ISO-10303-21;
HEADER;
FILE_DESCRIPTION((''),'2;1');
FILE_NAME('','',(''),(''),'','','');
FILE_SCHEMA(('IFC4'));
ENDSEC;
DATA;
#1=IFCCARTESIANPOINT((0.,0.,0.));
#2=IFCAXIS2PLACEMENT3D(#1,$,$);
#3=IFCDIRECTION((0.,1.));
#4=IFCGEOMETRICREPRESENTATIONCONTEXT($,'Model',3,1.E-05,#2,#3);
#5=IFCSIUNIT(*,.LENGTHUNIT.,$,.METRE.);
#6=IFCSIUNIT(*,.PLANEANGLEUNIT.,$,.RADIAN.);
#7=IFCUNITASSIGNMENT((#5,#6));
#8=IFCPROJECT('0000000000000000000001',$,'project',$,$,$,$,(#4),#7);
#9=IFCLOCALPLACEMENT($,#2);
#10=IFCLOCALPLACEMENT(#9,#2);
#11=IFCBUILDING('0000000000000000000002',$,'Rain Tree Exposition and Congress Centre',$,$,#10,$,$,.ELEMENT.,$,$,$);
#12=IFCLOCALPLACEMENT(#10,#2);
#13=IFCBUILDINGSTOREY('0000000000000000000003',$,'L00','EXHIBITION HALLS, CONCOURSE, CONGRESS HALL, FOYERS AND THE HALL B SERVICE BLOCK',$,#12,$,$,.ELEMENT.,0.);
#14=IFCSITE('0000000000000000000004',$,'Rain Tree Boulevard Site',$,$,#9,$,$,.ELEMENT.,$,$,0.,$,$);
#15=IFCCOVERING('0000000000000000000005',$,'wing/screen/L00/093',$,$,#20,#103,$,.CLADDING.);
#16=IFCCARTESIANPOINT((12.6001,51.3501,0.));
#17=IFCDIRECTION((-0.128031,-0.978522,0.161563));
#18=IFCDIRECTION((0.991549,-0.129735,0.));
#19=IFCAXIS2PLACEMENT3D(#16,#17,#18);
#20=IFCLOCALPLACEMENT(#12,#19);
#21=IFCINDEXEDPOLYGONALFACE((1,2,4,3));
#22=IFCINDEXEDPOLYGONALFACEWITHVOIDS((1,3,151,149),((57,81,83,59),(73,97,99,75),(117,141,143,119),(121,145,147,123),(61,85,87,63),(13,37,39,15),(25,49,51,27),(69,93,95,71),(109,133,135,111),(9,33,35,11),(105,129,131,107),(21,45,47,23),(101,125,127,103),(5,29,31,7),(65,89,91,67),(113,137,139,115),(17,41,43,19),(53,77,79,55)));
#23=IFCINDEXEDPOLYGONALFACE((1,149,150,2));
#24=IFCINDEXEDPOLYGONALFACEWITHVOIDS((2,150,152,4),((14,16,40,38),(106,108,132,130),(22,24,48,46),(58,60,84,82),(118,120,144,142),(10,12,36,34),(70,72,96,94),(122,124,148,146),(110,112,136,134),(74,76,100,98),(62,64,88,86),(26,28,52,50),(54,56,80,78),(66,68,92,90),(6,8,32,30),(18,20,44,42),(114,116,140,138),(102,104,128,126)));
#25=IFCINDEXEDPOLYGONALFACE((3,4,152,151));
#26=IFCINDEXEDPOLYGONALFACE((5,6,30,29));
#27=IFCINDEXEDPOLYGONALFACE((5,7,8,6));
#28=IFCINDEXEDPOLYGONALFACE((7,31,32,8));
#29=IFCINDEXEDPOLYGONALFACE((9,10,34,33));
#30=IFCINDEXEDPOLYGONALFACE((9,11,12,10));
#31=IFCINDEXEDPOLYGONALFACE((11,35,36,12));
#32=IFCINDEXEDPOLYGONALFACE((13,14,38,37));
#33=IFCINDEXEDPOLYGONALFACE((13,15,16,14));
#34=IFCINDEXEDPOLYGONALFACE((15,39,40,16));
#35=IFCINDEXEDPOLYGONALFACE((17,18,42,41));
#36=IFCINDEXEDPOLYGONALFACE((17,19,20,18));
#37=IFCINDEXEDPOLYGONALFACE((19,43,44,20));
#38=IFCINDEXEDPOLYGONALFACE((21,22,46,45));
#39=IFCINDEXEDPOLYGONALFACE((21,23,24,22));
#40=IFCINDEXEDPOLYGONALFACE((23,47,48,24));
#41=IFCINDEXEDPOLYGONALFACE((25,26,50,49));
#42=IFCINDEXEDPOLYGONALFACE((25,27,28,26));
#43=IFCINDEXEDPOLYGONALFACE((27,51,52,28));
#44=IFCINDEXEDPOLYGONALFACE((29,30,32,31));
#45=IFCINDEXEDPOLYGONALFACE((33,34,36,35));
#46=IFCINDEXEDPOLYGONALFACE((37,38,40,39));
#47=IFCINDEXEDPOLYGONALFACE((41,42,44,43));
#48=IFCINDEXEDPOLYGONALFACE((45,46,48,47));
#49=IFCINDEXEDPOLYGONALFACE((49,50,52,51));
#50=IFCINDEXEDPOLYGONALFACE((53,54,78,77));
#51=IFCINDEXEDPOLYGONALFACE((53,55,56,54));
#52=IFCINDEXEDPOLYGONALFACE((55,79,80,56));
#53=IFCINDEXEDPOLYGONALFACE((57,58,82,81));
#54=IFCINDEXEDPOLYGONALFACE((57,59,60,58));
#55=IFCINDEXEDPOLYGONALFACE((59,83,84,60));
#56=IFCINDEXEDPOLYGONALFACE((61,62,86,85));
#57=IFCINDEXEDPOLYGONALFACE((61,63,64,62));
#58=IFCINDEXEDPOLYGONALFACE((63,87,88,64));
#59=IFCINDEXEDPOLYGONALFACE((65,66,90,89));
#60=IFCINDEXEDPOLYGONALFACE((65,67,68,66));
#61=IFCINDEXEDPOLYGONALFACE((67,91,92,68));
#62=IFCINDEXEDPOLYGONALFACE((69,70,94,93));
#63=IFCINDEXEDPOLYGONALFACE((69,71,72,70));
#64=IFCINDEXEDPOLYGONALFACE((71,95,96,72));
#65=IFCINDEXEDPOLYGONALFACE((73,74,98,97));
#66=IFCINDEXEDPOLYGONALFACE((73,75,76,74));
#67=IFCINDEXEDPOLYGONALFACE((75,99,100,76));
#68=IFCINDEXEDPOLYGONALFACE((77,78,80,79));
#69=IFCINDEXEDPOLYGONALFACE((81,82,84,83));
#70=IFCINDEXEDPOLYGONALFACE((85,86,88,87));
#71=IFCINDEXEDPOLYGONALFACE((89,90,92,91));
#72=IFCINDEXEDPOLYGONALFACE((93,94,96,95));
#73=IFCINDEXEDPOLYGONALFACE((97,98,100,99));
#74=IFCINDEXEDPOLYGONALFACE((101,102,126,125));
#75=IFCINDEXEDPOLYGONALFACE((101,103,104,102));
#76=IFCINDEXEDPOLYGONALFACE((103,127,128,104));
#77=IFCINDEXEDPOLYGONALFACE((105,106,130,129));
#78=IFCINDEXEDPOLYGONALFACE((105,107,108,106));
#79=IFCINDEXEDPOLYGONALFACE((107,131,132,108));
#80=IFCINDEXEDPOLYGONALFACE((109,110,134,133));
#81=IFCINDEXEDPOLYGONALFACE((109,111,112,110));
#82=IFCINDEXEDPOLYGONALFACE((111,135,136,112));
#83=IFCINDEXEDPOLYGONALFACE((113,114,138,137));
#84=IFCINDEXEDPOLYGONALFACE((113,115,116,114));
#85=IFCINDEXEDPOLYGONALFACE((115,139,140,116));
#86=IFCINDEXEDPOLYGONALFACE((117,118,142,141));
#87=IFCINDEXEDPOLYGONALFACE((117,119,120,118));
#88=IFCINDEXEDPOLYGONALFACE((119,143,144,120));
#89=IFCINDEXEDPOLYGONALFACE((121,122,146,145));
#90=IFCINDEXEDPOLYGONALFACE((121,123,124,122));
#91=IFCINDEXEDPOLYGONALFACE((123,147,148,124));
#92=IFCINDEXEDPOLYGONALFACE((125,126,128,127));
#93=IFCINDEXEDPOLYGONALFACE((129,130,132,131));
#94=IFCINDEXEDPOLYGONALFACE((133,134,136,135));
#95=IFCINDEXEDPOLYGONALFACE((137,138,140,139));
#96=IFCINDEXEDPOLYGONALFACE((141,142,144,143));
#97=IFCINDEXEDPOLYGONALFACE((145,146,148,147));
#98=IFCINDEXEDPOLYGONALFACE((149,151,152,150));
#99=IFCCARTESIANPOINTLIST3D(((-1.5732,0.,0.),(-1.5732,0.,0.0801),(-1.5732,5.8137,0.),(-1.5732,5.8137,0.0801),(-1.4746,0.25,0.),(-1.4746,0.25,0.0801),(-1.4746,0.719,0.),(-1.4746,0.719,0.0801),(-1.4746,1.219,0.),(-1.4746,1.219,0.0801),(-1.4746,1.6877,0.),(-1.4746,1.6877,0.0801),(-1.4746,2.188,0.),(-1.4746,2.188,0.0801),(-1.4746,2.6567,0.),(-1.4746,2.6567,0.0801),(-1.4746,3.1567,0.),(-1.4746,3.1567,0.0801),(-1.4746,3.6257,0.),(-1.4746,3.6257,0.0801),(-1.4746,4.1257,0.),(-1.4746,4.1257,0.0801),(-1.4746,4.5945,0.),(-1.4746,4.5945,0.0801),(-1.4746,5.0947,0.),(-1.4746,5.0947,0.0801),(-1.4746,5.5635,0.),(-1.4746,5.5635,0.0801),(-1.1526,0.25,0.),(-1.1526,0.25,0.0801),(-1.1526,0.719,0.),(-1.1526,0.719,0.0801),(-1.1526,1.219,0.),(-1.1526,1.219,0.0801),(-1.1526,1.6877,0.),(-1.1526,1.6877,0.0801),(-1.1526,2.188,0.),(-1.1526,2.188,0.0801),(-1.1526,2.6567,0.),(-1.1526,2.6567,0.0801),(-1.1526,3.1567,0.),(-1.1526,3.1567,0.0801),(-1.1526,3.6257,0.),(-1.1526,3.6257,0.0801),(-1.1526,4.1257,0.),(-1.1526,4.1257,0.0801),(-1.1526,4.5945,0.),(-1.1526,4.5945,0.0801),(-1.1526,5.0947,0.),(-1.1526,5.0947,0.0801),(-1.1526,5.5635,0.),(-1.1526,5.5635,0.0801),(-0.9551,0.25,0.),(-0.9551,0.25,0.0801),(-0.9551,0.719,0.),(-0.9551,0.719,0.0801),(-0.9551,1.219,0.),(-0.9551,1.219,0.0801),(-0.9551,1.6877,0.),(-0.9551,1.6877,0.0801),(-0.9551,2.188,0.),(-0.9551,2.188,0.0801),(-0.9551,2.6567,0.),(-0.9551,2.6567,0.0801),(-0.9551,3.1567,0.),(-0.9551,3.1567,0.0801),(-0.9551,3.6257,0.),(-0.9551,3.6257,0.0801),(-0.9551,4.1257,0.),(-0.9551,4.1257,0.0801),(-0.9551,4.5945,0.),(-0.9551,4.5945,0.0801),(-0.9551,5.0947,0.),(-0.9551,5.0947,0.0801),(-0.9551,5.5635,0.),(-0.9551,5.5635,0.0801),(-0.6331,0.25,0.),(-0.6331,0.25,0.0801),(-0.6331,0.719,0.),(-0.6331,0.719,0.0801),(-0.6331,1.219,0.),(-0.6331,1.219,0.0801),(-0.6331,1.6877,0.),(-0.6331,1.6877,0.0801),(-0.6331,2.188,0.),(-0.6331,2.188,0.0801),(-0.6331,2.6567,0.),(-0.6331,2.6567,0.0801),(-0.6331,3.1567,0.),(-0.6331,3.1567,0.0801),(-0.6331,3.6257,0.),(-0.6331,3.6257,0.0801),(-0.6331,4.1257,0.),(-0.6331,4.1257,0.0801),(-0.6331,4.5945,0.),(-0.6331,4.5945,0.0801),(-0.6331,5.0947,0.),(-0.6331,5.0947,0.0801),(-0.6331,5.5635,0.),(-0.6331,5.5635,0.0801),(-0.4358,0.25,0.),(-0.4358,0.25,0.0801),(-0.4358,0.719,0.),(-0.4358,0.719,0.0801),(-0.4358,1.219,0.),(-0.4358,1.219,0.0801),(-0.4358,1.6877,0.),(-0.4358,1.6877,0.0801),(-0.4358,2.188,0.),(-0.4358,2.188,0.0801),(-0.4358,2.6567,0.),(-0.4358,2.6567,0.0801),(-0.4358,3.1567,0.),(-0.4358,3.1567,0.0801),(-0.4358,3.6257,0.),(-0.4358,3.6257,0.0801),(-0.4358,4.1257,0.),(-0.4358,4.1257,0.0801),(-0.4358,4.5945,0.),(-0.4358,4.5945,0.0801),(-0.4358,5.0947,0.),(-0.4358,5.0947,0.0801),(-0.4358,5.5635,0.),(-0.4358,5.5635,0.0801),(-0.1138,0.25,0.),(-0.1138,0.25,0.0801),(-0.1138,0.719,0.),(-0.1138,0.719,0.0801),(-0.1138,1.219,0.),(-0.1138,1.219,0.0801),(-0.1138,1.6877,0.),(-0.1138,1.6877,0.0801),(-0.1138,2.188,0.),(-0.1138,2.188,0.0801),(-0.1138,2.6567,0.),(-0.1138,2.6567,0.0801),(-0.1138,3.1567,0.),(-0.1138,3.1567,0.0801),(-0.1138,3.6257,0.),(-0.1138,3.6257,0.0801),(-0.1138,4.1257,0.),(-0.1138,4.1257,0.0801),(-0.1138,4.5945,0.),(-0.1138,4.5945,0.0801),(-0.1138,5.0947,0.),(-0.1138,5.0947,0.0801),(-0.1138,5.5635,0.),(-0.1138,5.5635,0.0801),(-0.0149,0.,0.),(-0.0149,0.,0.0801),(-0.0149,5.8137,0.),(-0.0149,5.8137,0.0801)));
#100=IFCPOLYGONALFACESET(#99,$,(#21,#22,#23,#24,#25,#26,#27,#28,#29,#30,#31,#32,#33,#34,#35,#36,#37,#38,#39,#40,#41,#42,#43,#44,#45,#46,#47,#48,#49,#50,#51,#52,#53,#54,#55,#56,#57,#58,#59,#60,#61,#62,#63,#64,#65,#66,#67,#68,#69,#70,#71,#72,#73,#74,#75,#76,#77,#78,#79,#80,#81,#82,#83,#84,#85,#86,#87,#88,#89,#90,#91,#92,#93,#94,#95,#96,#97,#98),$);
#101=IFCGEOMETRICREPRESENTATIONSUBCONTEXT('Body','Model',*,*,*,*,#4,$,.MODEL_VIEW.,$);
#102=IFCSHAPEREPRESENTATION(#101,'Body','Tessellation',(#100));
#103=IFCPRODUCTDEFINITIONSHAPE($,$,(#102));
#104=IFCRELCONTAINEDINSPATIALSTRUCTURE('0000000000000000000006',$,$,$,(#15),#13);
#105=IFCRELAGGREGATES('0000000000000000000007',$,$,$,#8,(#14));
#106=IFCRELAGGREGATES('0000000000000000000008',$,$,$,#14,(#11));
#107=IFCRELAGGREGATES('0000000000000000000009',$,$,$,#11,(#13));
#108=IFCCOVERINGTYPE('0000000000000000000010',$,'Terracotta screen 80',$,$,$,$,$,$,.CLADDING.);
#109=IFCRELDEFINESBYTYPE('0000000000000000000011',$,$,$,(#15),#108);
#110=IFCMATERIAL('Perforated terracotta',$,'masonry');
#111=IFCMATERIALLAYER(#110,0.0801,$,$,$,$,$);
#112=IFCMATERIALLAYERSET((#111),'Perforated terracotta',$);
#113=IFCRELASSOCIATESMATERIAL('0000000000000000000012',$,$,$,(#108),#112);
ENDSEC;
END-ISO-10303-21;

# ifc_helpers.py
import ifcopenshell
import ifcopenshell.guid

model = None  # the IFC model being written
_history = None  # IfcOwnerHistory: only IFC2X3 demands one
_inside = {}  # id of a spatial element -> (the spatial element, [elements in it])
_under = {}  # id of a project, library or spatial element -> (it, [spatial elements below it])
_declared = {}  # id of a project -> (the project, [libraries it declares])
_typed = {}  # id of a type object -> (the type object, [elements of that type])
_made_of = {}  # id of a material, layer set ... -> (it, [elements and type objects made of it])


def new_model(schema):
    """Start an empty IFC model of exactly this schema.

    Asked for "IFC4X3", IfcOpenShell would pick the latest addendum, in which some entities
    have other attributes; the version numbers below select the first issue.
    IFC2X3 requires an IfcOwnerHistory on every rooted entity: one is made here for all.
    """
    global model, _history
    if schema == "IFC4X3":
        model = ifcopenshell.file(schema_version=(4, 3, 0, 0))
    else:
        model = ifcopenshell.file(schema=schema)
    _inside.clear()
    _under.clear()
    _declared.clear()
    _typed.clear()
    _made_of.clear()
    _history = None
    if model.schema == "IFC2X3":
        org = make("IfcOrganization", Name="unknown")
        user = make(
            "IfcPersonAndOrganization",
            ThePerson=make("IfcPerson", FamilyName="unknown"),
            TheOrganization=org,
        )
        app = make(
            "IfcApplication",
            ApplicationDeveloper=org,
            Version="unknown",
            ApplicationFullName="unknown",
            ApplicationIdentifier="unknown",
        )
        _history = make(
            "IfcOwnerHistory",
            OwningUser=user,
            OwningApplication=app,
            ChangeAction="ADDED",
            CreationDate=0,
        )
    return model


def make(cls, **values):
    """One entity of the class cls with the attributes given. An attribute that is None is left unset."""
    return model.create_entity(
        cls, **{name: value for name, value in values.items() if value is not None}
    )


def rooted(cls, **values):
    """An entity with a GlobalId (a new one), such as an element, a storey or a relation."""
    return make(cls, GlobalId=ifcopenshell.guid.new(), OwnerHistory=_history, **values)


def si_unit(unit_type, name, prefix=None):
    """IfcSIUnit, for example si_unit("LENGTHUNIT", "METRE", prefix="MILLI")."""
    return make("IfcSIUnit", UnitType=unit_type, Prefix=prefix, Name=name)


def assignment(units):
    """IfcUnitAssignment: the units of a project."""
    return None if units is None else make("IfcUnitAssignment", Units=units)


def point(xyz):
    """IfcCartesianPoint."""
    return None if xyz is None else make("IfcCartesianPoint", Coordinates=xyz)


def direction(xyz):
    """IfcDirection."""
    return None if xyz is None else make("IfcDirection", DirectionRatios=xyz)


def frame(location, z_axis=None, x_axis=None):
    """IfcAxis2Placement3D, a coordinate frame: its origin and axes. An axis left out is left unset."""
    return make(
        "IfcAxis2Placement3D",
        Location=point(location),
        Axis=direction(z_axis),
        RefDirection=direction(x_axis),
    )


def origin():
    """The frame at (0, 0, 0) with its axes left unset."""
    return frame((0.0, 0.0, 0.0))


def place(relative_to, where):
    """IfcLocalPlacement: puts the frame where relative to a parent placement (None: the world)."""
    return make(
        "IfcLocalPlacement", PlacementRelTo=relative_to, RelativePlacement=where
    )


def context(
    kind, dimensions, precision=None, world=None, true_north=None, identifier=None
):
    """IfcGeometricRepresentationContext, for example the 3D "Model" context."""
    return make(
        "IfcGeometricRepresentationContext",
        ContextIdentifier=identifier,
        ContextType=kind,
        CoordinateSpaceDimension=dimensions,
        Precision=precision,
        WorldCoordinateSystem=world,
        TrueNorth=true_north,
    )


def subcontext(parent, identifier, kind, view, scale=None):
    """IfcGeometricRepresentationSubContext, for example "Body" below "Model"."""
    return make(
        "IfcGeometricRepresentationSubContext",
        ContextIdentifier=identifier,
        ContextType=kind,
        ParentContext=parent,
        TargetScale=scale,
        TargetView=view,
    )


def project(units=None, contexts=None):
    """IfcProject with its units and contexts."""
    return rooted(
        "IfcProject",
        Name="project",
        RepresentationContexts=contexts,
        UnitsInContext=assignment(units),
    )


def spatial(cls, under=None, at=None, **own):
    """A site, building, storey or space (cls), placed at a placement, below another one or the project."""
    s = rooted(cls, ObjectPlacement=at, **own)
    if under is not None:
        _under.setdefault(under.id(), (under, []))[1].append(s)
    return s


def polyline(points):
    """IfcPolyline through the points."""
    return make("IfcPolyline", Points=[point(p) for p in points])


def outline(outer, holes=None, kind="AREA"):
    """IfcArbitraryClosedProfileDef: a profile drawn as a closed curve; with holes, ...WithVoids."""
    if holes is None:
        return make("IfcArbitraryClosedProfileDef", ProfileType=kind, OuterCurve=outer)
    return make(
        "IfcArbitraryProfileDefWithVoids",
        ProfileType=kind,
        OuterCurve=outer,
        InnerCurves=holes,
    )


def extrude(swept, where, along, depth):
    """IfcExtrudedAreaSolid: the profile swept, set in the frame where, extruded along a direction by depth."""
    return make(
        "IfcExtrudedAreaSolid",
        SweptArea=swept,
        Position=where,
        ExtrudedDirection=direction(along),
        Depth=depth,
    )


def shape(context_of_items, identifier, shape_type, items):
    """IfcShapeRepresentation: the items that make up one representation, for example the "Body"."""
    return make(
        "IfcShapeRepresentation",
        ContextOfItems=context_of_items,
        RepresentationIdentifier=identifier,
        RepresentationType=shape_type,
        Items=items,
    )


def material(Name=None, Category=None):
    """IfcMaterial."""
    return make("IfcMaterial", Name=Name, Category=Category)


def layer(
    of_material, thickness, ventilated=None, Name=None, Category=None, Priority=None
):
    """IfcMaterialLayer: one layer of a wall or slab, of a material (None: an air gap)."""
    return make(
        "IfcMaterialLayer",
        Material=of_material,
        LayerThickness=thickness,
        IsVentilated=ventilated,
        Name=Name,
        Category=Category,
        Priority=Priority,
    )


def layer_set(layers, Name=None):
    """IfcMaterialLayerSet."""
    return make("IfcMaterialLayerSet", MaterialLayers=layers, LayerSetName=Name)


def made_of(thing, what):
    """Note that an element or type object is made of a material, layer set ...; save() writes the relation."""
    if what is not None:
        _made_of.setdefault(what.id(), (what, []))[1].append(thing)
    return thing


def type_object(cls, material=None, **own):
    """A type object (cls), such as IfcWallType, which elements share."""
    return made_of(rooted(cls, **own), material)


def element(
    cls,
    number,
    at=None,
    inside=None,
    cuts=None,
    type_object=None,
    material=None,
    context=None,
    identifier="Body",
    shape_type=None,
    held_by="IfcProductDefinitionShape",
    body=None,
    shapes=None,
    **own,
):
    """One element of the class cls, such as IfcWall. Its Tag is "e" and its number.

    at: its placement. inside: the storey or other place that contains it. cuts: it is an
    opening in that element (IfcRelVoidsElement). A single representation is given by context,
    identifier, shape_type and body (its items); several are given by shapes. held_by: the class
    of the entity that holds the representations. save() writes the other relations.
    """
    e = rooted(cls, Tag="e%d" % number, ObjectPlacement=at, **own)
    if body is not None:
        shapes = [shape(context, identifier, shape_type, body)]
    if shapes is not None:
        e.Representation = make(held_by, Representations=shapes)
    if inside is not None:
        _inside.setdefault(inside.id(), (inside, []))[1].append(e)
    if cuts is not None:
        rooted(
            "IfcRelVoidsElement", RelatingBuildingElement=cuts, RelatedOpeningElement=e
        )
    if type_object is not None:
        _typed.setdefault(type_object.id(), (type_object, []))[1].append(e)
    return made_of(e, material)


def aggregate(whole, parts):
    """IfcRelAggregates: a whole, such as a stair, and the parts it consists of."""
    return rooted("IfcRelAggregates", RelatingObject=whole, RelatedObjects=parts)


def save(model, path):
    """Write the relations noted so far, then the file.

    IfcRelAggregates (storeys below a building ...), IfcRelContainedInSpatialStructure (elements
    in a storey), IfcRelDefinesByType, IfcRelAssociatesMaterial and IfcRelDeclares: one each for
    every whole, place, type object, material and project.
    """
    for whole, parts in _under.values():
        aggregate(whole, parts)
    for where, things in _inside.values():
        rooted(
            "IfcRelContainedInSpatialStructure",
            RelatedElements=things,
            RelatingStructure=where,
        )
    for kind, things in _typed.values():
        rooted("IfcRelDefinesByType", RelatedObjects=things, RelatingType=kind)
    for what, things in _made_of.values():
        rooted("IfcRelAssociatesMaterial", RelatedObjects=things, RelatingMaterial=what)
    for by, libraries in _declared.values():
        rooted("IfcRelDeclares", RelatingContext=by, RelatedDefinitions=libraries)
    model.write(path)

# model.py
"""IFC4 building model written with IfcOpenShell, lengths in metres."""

from ifc_helpers import new_model, si_unit, direction, frame, origin, place, context, subcontext, project, spatial, polyline, outline, extrude, material, layer, layer_set, type_object, element, save


model = new_model("IFC4")

# Units and contexts
model_context = context("Model", 3, precision=1e-05, world=origin(), true_north=direction((0.0, 1.0)))
body_context = subcontext(model_context, "Body", "Model", "MODEL_VIEW")
ifc_project = project(units=[si_unit("LENGTHUNIT", "METRE"), si_unit("PLANEANGLEUNIT", "RADIAN")], contexts=[model_context])

# Site, building, storey
site_placement = place(None, origin())
site = spatial("IfcSite", under=ifc_project, at=site_placement, Name="Rain Tree Boulevard Site", CompositionType="ELEMENT", RefElevation=0.0)
building_placement = place(site_placement, origin())
building = spatial("IfcBuilding", under=site, at=building_placement, Name="Rain Tree Exposition and Congress Centre", CompositionType="ELEMENT")
storey_placement = place(building_placement, origin())
storey = spatial("IfcBuildingStorey", under=building, at=storey_placement, Name="L00", Description="EXHIBITION HALLS, CONCOURSE, CONGRESS HALL, FOYERS AND THE HALL B SERVICE BLOCK", CompositionType="ELEMENT", Elevation=0.0)

# Covering
ifc_material_1 = material(Name="Perforated terracotta", Category="masonry")
ifc_layer_1 = layer(ifc_material_1, 0.0801)
ifc_layer_set_1 = layer_set([ifc_layer_1], Name="Perforated terracotta")
covering_type = type_object("IfcCoveringType", Name="Terracotta screen 80", PredefinedType="CLADDING", material=ifc_layer_set_1)
covering_1_placement = place(storey_placement, frame((12.6001, 51.3501, 0.0), z_axis=(-0.128031, -0.978522, 0.161563), x_axis=(0.991549, -0.129735, 0.0)))
element("IfcCovering", 1, at=covering_1_placement, inside=storey, type_object=covering_type, Name="wing/screen/L00/093", PredefinedType="CLADDING", context=body_context, shape_type="SweptSolid", body=[
    extrude(outline(polyline([(-0.0149, 5.8137), (-0.0149, 0.0), (-1.5732, 0.0), (-1.5732, 5.8137), (-0.0149, 5.8137)]), holes=[polyline([(-0.1138, 0.25), (-0.1138, 0.719), (-0.4358, 0.719), (-0.4358, 0.25), (-0.1138, 0.25)]), polyline([(-0.1138, 1.219), (-0.1138, 1.6877), (-0.4358, 1.6877), (-0.4358, 1.219), (-0.1138, 1.219)]), polyline([(-0.1138, 2.188), (-0.1138, 2.6567), (-0.4358, 2.6567), (-0.4358, 2.188), (-0.1138, 2.188)]), polyline([(-0.1138, 3.1567), (-0.1138, 3.6257), (-0.4358, 3.6257), (-0.4358, 3.1567), (-0.1138, 3.1567)]), polyline([(-0.1138, 4.1257), (-0.1138, 4.5945), (-0.4358, 4.5945), (-0.4358, 4.1257), (-0.1138, 4.1257)]), polyline([(-0.1138, 5.0947), (-0.1138, 5.5635), (-0.4358, 5.5635), (-0.4358, 5.0947), (-0.1138, 5.0947)]), polyline([(-0.6331, 0.25), (-0.6331, 0.719), (-0.9551, 0.719), (-0.9551, 0.25), (-0.6331, 0.25)]), polyline([(-0.6331, 1.219), (-0.6331, 1.6877), (-0.9551, 1.6877), (-0.9551, 1.219), (-0.6331, 1.219)]), polyline([(-0.6331, 2.188), (-0.6331, 2.6567), (-0.9551, 2.6567), (-0.9551, 2.188), (-0.6331, 2.188)]), polyline([(-0.6331, 3.1567), (-0.6331, 3.6257), (-0.9551, 3.6257), (-0.9551, 3.1567), (-0.6331, 3.1567)]), polyline([(-0.6331, 4.1257), (-0.6331, 4.5945), (-0.9551, 4.5945), (-0.9551, 4.1257), (-0.6331, 4.1257)]), polyline([(-0.6331, 5.0947), (-0.6331, 5.5635), (-0.9551, 5.5635), (-0.9551, 5.0947), (-0.6331, 5.0947)]), polyline([(-1.1526, 0.25), (-1.1526, 0.719), (-1.4746, 0.719), (-1.4746, 0.25), (-1.1526, 0.25)]), polyline([(-1.1526, 1.219), (-1.1526, 1.6877), (-1.4746, 1.6877), (-1.4746, 1.219), (-1.1526, 1.219)]), polyline([(-1.1526, 2.188), (-1.1526, 2.6567), (-1.4746, 2.6567), (-1.4746, 2.188), (-1.1526, 2.188)]), polyline([(-1.1526, 3.1567), (-1.1526, 3.6257), (-1.4746, 3.6257), (-1.4746, 3.1567), (-1.1526, 3.1567)]), polyline([(-1.1526, 4.1257), (-1.1526, 4.5945), (-1.4746, 4.5945), (-1.4746, 4.1257), (-1.1526, 4.1257)]), polyline([(-1.1526, 5.0947), (-1.1526, 5.5635), (-1.4746, 5.5635), (-1.4746, 5.0947), (-1.1526, 5.0947)])]), origin(), (0.0, 0.0, 1.0), 0.0801),
])

save(model, "model.ifc")
